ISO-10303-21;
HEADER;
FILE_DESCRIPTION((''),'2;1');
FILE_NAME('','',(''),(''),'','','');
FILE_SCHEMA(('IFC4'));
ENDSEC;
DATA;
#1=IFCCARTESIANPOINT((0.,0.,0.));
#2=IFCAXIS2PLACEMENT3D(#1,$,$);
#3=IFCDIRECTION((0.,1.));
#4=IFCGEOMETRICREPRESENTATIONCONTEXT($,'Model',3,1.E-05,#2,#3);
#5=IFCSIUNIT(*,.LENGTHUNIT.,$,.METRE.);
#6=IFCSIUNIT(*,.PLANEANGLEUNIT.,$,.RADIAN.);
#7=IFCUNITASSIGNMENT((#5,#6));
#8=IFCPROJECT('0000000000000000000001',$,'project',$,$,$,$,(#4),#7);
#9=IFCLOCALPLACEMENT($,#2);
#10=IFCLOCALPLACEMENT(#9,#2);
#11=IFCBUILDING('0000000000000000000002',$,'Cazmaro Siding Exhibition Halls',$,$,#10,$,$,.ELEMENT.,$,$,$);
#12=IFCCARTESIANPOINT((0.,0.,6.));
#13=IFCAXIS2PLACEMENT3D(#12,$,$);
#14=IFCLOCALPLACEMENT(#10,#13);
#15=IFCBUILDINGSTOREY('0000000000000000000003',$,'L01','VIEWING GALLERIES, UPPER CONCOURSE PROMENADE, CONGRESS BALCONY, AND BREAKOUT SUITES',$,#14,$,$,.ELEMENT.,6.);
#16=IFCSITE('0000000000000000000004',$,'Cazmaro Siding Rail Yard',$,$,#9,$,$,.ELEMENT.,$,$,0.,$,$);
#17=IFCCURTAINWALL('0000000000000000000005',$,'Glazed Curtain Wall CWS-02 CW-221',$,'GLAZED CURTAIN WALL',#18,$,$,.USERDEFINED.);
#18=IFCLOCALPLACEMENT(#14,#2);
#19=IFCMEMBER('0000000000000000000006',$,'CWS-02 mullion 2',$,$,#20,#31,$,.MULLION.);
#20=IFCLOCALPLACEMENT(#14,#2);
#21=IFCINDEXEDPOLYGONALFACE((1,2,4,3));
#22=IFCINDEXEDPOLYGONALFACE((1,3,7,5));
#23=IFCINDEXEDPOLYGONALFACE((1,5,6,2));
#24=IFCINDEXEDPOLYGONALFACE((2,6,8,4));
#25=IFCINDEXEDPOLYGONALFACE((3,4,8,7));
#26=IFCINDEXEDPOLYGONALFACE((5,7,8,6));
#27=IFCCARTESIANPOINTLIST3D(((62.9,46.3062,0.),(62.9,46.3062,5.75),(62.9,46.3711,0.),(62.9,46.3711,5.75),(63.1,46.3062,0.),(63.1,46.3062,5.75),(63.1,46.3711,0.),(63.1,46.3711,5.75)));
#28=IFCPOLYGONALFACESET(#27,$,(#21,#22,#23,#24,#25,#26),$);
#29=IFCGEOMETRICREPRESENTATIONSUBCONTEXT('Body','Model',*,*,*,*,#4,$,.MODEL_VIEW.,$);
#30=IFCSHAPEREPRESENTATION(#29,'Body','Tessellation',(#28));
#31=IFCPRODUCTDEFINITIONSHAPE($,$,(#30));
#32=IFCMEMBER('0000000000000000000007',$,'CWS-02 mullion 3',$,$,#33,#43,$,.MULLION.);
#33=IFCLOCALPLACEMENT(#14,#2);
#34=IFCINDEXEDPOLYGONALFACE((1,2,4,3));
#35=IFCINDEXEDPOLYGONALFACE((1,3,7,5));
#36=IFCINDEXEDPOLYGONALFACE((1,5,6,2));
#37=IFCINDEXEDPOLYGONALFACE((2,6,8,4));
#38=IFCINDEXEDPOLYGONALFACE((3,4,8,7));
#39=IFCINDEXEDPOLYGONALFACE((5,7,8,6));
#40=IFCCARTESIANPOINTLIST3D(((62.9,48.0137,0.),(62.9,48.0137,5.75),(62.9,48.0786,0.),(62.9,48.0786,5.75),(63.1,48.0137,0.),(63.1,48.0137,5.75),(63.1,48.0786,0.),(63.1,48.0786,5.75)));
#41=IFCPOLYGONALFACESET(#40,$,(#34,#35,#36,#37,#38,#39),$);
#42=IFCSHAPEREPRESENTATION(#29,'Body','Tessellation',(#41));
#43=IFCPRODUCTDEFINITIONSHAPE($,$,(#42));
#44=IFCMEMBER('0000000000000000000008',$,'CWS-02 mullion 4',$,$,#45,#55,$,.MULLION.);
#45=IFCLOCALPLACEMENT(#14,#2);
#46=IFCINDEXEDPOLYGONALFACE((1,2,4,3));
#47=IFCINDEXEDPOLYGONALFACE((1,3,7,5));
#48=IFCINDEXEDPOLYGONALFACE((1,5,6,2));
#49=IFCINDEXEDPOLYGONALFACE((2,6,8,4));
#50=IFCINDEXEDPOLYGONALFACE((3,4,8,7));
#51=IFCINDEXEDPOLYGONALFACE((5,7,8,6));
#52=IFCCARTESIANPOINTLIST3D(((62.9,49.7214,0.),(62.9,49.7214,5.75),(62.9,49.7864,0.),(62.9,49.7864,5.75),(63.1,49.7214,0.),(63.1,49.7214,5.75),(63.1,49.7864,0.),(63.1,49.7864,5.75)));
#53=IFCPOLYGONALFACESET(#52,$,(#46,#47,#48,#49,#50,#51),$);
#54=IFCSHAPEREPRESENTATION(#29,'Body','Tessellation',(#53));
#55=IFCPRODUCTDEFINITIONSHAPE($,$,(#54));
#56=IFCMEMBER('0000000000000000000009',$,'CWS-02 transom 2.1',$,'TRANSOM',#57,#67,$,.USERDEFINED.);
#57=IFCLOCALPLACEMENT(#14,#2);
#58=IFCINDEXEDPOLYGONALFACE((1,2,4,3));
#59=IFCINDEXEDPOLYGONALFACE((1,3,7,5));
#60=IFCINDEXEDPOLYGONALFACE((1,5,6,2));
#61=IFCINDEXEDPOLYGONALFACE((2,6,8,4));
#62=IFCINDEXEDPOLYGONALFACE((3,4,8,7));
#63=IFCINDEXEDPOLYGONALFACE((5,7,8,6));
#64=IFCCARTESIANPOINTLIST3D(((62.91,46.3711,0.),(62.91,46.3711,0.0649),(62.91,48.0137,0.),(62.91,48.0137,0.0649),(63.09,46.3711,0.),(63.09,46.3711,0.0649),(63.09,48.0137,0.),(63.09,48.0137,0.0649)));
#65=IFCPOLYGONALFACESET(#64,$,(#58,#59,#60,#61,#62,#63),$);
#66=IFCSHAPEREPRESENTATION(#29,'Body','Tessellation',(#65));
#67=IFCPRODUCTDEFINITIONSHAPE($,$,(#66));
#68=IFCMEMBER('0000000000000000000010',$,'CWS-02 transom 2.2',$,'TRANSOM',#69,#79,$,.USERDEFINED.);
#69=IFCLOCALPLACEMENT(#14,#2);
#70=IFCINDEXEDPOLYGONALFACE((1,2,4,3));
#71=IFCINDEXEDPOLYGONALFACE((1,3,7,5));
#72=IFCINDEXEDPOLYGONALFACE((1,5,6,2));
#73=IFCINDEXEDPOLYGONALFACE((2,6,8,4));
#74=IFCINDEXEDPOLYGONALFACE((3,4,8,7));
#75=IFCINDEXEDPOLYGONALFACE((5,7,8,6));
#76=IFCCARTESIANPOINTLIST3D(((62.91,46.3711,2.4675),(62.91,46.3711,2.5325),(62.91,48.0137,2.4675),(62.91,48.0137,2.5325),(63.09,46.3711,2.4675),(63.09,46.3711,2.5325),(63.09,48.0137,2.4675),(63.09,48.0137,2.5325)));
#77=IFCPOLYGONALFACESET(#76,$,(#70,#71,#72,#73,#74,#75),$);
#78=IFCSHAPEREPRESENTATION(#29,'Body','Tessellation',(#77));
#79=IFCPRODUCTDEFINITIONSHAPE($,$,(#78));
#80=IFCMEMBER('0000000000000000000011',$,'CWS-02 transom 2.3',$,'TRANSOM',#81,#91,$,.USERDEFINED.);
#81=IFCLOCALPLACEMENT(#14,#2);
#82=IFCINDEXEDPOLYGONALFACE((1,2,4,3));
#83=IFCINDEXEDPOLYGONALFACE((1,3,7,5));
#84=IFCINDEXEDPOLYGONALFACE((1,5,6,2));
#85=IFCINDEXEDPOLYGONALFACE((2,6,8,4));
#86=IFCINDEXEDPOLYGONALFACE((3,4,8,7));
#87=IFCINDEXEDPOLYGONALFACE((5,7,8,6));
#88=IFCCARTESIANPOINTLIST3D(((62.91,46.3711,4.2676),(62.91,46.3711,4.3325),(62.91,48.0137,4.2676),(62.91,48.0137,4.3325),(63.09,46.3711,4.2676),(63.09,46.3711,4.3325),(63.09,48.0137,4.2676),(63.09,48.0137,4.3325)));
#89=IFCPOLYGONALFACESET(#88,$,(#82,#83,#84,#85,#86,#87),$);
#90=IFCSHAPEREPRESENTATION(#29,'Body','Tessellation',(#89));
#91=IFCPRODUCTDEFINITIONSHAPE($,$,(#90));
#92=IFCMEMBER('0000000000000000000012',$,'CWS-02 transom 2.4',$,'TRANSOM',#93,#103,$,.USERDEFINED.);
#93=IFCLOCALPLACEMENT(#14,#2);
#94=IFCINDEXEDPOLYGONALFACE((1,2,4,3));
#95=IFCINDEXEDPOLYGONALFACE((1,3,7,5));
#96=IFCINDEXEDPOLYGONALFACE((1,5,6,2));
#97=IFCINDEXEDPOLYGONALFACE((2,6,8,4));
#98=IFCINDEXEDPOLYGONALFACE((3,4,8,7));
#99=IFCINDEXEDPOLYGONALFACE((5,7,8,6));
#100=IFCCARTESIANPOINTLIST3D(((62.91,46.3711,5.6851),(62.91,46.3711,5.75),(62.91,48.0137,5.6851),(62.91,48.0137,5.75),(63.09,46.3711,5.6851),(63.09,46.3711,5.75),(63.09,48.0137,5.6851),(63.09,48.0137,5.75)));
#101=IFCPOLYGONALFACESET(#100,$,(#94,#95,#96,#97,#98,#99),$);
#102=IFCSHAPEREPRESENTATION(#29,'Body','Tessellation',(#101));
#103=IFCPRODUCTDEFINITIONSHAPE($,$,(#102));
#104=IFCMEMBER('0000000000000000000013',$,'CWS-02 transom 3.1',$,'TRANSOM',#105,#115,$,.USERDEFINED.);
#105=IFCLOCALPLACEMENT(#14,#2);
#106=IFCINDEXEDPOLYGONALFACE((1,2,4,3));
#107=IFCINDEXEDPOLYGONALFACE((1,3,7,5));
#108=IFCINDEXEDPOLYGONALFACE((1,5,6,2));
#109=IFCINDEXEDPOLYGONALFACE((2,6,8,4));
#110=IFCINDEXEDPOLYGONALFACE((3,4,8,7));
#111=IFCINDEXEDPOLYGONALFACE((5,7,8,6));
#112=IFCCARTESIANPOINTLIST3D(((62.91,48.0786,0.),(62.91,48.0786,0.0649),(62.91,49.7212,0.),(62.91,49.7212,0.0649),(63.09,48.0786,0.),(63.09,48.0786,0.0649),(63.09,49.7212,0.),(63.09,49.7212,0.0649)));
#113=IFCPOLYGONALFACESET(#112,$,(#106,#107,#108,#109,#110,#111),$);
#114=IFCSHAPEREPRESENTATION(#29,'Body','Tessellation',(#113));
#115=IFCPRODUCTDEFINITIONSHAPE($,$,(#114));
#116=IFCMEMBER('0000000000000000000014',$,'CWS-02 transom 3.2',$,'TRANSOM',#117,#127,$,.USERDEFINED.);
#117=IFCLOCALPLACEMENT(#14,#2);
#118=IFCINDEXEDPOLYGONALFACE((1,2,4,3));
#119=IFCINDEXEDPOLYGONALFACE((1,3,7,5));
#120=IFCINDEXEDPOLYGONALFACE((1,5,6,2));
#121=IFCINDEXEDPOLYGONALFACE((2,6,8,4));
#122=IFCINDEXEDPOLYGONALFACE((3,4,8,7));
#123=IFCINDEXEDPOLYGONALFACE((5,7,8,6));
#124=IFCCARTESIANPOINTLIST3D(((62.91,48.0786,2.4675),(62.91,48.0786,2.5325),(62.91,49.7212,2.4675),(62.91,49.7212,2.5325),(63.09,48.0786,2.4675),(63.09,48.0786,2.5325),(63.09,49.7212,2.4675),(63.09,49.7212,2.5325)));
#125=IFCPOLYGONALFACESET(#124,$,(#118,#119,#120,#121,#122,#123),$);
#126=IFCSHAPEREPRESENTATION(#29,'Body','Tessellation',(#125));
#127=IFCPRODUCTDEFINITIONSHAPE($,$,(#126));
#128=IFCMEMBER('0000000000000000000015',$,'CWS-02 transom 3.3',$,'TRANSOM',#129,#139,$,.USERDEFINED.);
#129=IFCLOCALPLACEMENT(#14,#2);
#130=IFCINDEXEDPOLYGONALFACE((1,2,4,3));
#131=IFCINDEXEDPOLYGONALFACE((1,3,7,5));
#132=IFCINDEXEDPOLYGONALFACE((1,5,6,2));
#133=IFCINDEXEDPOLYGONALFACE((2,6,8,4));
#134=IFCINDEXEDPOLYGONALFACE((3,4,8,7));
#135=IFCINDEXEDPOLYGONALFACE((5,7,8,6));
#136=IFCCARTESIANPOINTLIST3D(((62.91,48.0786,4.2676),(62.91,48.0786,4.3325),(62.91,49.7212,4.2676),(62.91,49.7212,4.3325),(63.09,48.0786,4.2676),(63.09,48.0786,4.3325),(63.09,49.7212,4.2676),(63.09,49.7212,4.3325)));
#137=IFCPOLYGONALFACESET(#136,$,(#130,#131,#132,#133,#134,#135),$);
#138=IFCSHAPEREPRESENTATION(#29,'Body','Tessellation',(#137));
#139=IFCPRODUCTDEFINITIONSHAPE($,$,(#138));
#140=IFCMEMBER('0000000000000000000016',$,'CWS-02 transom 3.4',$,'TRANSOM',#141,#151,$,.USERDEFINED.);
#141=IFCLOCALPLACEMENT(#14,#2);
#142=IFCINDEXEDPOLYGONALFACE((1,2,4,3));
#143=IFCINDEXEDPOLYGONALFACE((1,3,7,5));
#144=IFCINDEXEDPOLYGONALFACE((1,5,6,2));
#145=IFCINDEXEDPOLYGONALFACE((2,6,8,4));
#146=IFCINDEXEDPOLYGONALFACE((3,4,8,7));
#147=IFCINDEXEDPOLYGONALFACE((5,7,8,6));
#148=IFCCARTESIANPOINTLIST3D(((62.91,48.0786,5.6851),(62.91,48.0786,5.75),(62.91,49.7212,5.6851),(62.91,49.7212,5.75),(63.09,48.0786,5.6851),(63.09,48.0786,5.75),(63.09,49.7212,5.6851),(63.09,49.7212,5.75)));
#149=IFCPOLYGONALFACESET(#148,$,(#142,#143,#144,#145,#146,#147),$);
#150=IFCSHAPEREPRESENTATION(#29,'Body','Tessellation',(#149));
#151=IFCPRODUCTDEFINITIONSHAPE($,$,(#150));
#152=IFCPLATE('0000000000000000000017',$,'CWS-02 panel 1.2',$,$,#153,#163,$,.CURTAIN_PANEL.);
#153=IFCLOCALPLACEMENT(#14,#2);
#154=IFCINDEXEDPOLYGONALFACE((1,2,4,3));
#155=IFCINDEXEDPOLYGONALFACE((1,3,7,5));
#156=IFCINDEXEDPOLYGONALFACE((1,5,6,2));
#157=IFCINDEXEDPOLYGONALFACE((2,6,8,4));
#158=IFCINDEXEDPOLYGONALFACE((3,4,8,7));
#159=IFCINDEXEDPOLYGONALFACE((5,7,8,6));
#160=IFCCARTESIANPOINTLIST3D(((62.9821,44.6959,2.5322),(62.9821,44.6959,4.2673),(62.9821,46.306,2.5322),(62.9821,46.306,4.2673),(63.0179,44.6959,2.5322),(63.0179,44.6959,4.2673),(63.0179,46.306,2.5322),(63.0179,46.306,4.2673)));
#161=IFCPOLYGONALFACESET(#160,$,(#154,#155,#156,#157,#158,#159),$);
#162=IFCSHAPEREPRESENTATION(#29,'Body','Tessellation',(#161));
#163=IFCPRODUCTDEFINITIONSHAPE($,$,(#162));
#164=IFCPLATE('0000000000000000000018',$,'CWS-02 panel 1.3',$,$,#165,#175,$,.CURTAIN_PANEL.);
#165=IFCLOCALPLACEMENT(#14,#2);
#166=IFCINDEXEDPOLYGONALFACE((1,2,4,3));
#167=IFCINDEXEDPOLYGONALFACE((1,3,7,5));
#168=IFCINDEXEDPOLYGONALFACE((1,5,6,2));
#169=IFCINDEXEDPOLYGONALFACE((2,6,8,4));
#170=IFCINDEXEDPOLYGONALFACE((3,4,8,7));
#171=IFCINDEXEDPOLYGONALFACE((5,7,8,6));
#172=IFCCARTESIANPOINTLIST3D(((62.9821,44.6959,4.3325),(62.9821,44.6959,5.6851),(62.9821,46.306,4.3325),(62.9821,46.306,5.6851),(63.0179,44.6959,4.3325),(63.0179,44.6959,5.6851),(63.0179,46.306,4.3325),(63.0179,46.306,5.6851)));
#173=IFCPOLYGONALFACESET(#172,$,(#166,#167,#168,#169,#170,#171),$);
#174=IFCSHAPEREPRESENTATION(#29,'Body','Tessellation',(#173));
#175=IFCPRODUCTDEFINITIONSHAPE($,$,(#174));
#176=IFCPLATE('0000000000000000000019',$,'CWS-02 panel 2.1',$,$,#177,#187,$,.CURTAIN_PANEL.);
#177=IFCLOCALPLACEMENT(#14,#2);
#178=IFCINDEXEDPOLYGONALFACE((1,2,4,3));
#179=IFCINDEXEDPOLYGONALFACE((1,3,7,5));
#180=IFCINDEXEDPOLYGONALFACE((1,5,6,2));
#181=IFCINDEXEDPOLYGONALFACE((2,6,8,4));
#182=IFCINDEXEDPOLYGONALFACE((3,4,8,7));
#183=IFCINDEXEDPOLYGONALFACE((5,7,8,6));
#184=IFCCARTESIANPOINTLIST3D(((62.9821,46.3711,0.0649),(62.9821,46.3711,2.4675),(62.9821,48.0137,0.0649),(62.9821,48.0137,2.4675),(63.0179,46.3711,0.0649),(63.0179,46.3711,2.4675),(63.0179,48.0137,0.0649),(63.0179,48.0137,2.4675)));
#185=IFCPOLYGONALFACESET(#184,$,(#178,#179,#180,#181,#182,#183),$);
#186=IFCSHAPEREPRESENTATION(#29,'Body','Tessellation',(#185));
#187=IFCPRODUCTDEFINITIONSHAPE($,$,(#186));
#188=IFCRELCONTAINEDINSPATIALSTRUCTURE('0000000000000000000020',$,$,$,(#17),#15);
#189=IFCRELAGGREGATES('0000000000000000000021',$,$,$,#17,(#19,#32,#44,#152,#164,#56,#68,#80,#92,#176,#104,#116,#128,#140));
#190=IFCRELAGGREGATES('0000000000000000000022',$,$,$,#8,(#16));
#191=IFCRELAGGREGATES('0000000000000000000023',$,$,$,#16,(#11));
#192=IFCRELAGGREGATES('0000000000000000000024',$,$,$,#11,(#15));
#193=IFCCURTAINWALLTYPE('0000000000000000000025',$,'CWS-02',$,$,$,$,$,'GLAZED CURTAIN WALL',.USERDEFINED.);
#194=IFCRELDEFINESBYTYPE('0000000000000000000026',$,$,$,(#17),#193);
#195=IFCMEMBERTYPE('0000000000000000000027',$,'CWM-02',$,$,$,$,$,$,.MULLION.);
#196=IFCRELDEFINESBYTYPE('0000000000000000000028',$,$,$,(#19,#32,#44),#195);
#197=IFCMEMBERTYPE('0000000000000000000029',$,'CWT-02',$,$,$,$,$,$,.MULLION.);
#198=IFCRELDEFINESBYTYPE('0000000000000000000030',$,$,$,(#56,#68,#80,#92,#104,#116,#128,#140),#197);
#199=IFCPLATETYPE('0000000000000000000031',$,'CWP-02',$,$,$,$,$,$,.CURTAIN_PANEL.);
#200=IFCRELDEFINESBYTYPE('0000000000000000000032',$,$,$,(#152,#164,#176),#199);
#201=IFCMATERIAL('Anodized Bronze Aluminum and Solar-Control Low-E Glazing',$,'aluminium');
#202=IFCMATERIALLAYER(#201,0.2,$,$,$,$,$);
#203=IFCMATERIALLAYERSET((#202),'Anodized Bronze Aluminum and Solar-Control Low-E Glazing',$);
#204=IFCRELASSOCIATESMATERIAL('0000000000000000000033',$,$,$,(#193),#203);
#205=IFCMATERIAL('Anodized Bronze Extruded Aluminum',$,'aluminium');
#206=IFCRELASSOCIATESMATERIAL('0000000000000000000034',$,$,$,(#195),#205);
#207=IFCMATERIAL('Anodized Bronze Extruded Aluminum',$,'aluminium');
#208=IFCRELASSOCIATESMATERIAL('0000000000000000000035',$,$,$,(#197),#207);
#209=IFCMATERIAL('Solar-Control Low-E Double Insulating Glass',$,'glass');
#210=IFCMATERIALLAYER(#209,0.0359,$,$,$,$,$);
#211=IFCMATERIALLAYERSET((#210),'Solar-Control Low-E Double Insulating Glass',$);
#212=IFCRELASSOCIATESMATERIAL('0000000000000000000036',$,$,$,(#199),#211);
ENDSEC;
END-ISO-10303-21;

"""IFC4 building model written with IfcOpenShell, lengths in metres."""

from ifc_helpers import new_model, si_unit, direction, frame, origin, origin_2d, place, context, subcontext, project, spatial, rectangle, extrude, material, layer, layer_set, material_profile, profile_set, type_object, element, aggregate, save


model = new_model("IFC4")

# Units and contexts
model_context = context("Model", 3, precision=1e-05, world=origin(), true_north=direction((0.0, 1.0)))
body_context = subcontext(model_context, "Body", "Model", "MODEL_VIEW")
ifc_project = project(units=[si_unit("LENGTHUNIT", "METRE"), si_unit("PLANEANGLEUNIT", "RADIAN")], contexts=[model_context])

# Site, building, storey
site_placement = place(None, origin())
site = spatial("IfcSite", under=ifc_project, at=site_placement, Name="Cazmaro Siding Rail Yard", CompositionType="ELEMENT", RefElevation=0.0)
building_placement = place(site_placement, origin())
building = spatial("IfcBuilding", under=site, at=building_placement, Name="Cazmaro Siding Exhibition Halls", CompositionType="ELEMENT")
storey_placement = place(building_placement, frame((0.0, 0.0, 6.0)))
storey = spatial("IfcBuildingStorey", under=building, at=storey_placement, Name="L01", Description="VIEWING GALLERIES, UPPER CONCOURSE PROMENADE, CONGRESS BALCONY, AND BREAKOUT SUITES", CompositionType="ELEMENT", Elevation=6.0)

# Curtain wall, members, plates
ifc_material_1 = material(Name="Anodized Bronze Aluminum and Solar-Control Low-E Glazing", Category="aluminium")
ifc_layer_1 = layer(ifc_material_1, 0.2)
ifc_layer_set_1 = layer_set([ifc_layer_1], Name="Anodized Bronze Aluminum and Solar-Control Low-E Glazing")
curtain_wall_type = type_object("IfcCurtainWallType", Name="CWS-02", ElementType="GLAZED CURTAIN WALL", PredefinedType="USERDEFINED", material=ifc_layer_set_1)
curtain_wall_placement = place(storey_placement, origin())
curtain_wall = element("IfcCurtainWall", 1, at=curtain_wall_placement, inside=storey, type_object=curtain_wall_type, Name="Glazed Curtain Wall CWS-02 CW-221", ObjectType="GLAZED CURTAIN WALL", PredefinedType="USERDEFINED")
ifc_material_2 = material(Name="Anodized Bronze Extruded Aluminum", Category="aluminium")
ifc_material_profile_1 = material_profile(ifc_material_2, rectangle(XDim=0.2, YDim=0.0649, at=origin_2d()), Name="CWM-02")
ifc_profile_set_1 = profile_set([ifc_material_profile_1], Name="Anodized Bronze Extruded Aluminum")
member_type_1 = type_object("IfcMemberType", Name="CWM-02", PredefinedType="MULLION", material=ifc_profile_set_1)
member_1_placement = place(storey_placement, frame((63.0, 46.3386, 0.0), z_axis=(0.0, 0.0, 1.0), x_axis=(-1.0, 0.0, 0.0)))
member_1 = element("IfcMember", 2, at=member_1_placement, type_object=member_type_1, Name="CWS-02 mullion 2", PredefinedType="MULLION", context=body_context, shape_type="SweptSolid", body=[
    extrude(rectangle(XDim=0.2, YDim=0.0649, at=origin_2d()), origin(), (0.0, 0.0, 1.0), 5.75),
])
member_2_placement = place(storey_placement, frame((63.0, 48.0461, 0.0), z_axis=(0.0, 0.0, 1.0), x_axis=(-1.0, 0.0, 0.0)))
member_2 = element("IfcMember", 3, at=member_2_placement, type_object=member_type_1, Name="CWS-02 mullion 3", PredefinedType="MULLION", context=body_context, shape_type="SweptSolid", body=[
    extrude(rectangle(XDim=0.2, YDim=0.0649, at=origin_2d()), origin(), (0.0, 0.0, 1.0), 5.75),
])
member_3_placement = place(storey_placement, frame((63.0, 49.7539, 0.0), z_axis=(0.0, 0.0, 1.0), x_axis=(-1.0, 0.0, 0.0)))
member_3 = element("IfcMember", 4, at=member_3_placement, type_object=member_type_1, Name="CWS-02 mullion 4", PredefinedType="MULLION", context=body_context, shape_type="SweptSolid", body=[
    extrude(rectangle(XDim=0.2, YDim=0.0649, at=origin_2d()), origin(), (0.0, 0.0, 1.0), 5.75),
])
ifc_material_3 = material(Name="Anodized Bronze Extruded Aluminum", Category="aluminium")
ifc_material_profile_2 = material_profile(ifc_material_3, rectangle(XDim=0.1799, YDim=0.0649, at=origin_2d()), Name="CWT-02")
ifc_profile_set_2 = profile_set([ifc_material_profile_2], Name="Anodized Bronze Extruded Aluminum")
member_type_2 = type_object("IfcMemberType", Name="CWT-02", PredefinedType="MULLION", material=ifc_profile_set_2)
member_4_placement = place(storey_placement, frame((63.0, 46.3711, 0.0325), z_axis=(0.0, 1.0, 0.0), x_axis=(-1.0, 0.0, 0.0)))
member_4 = element("IfcMember", 5, at=member_4_placement, type_object=member_type_2, Name="CWS-02 transom 2.1", ObjectType="TRANSOM", PredefinedType="USERDEFINED", context=body_context, shape_type="SweptSolid", body=[
    extrude(rectangle(XDim=0.1799, YDim=0.0649, at=origin_2d()), origin(), (0.0, 0.0, 1.0), 1.6426),
])
member_5_placement = place(storey_placement, frame((63.0, 46.3711, 2.5), z_axis=(0.0, 1.0, 0.0), x_axis=(-1.0, 0.0, 0.0)))
member_5 = element("IfcMember", 6, at=member_5_placement, type_object=member_type_2, Name="CWS-02 transom 2.2", ObjectType="TRANSOM", PredefinedType="USERDEFINED", context=body_context, shape_type="SweptSolid", body=[
    extrude(rectangle(XDim=0.1799, YDim=0.0649, at=origin_2d()), origin(), (0.0, 0.0, 1.0), 1.6426),
])
member_6_placement = place(storey_placement, frame((63.0, 46.3711, 4.3), z_axis=(0.0, 1.0, 0.0), x_axis=(-1.0, 0.0, 0.0)))
member_6 = element("IfcMember", 7, at=member_6_placement, type_object=member_type_2, Name="CWS-02 transom 2.3", ObjectType="TRANSOM", PredefinedType="USERDEFINED", context=body_context, shape_type="SweptSolid", body=[
    extrude(rectangle(XDim=0.1799, YDim=0.0649, at=origin_2d()), origin(), (0.0, 0.0, 1.0), 1.6426),
])
member_7_placement = place(storey_placement, frame((63.0, 46.3711, 5.7175), z_axis=(0.0, 1.0, 0.0), x_axis=(-1.0, 0.0, 0.0)))
member_7 = element("IfcMember", 8, at=member_7_placement, type_object=member_type_2, Name="CWS-02 transom 2.4", ObjectType="TRANSOM", PredefinedType="USERDEFINED", context=body_context, shape_type="SweptSolid", body=[
    extrude(rectangle(XDim=0.1799, YDim=0.0649, at=origin_2d()), origin(), (0.0, 0.0, 1.0), 1.6426),
])
member_8_placement = place(storey_placement, frame((63.0, 48.0786, 0.0325), z_axis=(0.0, 1.0, 0.0), x_axis=(-1.0, 0.0, 0.0)))
member_8 = element("IfcMember", 9, at=member_8_placement, type_object=member_type_2, Name="CWS-02 transom 3.1", ObjectType="TRANSOM", PredefinedType="USERDEFINED", context=body_context, shape_type="SweptSolid", body=[
    extrude(rectangle(XDim=0.1799, YDim=0.0649, at=origin_2d()), origin(), (0.0, 0.0, 1.0), 1.6426),
])
member_9_placement = place(storey_placement, frame((63.0, 48.0786, 2.5), z_axis=(0.0, 1.0, 0.0), x_axis=(-1.0, 0.0, 0.0)))
member_9 = element("IfcMember", 10, at=member_9_placement, type_object=member_type_2, Name="CWS-02 transom 3.2", ObjectType="TRANSOM", PredefinedType="USERDEFINED", context=body_context, shape_type="SweptSolid", body=[
    extrude(rectangle(XDim=0.1799, YDim=0.0649, at=origin_2d()), origin(), (0.0, 0.0, 1.0), 1.6426),
])
member_10_placement = place(storey_placement, frame((63.0, 48.0786, 4.3), z_axis=(0.0, 1.0, 0.0), x_axis=(-1.0, 0.0, 0.0)))
member_10 = element("IfcMember", 11, at=member_10_placement, type_object=member_type_2, Name="CWS-02 transom 3.3", ObjectType="TRANSOM", PredefinedType="USERDEFINED", context=body_context, shape_type="SweptSolid", body=[
    extrude(rectangle(XDim=0.1799, YDim=0.0649, at=origin_2d()), origin(), (0.0, 0.0, 1.0), 1.6426),
])
member_11_placement = place(storey_placement, frame((63.0, 48.0786, 5.7175), z_axis=(0.0, 1.0, 0.0), x_axis=(-1.0, 0.0, 0.0)))
member_11 = element("IfcMember", 12, at=member_11_placement, type_object=member_type_2, Name="CWS-02 transom 3.4", ObjectType="TRANSOM", PredefinedType="USERDEFINED", context=body_context, shape_type="SweptSolid", body=[
    extrude(rectangle(XDim=0.1799, YDim=0.0649, at=origin_2d()), origin(), (0.0, 0.0, 1.0), 1.6426),
])
ifc_material_4 = material(Name="Solar-Control Low-E Double Insulating Glass", Category="glass")
ifc_layer_2 = layer(ifc_material_4, 0.0359)
ifc_layer_set_2 = layer_set([ifc_layer_2], Name="Solar-Control Low-E Double Insulating Glass")
plate_type = type_object("IfcPlateType", Name="CWP-02", PredefinedType="CURTAIN_PANEL", material=ifc_layer_set_2)
plate_1_placement = place(storey_placement, frame((63.0, 45.501, 2.5322), z_axis=(0.0, 0.0, 1.0), x_axis=(0.0, 1.0, 0.0)))
plate_1 = element("IfcPlate", 13, at=plate_1_placement, type_object=plate_type, Name="CWS-02 panel 1.2", PredefinedType="CURTAIN_PANEL", context=body_context, shape_type="SweptSolid", body=[
    extrude(rectangle(XDim=1.6101, YDim=0.0359, at=origin_2d()), origin(), (0.0, 0.0, 1.0), 1.7351),
])
plate_2_placement = place(storey_placement, frame((63.0, 45.501, 4.3325), z_axis=(0.0, 0.0, 1.0), x_axis=(0.0, 1.0, 0.0)))
plate_2 = element("IfcPlate", 14, at=plate_2_placement, type_object=plate_type, Name="CWS-02 panel 1.3", PredefinedType="CURTAIN_PANEL", context=body_context, shape_type="SweptSolid", body=[
    extrude(rectangle(XDim=1.6101, YDim=0.0359, at=origin_2d()), origin(), (0.0, 0.0, 1.0), 1.3525),
])
plate_3_placement = place(storey_placement, frame((63.0, 47.1924, 0.0649), z_axis=(0.0, 0.0, 1.0), x_axis=(0.0, 1.0, 0.0)))
plate_3 = element("IfcPlate", 15, at=plate_3_placement, type_object=plate_type, Name="CWS-02 panel 2.1", PredefinedType="CURTAIN_PANEL", context=body_context, shape_type="SweptSolid", body=[
    extrude(rectangle(XDim=1.6426, YDim=0.0359, at=origin_2d()), origin(), (0.0, 0.0, 1.0), 2.4026),
])
aggregate(curtain_wall, [member_1, member_2, member_3, plate_1, plate_2, member_4, member_5, member_6, member_7, plate_3, member_8, member_9, member_10, member_11])

save(model, "model.ifc")
